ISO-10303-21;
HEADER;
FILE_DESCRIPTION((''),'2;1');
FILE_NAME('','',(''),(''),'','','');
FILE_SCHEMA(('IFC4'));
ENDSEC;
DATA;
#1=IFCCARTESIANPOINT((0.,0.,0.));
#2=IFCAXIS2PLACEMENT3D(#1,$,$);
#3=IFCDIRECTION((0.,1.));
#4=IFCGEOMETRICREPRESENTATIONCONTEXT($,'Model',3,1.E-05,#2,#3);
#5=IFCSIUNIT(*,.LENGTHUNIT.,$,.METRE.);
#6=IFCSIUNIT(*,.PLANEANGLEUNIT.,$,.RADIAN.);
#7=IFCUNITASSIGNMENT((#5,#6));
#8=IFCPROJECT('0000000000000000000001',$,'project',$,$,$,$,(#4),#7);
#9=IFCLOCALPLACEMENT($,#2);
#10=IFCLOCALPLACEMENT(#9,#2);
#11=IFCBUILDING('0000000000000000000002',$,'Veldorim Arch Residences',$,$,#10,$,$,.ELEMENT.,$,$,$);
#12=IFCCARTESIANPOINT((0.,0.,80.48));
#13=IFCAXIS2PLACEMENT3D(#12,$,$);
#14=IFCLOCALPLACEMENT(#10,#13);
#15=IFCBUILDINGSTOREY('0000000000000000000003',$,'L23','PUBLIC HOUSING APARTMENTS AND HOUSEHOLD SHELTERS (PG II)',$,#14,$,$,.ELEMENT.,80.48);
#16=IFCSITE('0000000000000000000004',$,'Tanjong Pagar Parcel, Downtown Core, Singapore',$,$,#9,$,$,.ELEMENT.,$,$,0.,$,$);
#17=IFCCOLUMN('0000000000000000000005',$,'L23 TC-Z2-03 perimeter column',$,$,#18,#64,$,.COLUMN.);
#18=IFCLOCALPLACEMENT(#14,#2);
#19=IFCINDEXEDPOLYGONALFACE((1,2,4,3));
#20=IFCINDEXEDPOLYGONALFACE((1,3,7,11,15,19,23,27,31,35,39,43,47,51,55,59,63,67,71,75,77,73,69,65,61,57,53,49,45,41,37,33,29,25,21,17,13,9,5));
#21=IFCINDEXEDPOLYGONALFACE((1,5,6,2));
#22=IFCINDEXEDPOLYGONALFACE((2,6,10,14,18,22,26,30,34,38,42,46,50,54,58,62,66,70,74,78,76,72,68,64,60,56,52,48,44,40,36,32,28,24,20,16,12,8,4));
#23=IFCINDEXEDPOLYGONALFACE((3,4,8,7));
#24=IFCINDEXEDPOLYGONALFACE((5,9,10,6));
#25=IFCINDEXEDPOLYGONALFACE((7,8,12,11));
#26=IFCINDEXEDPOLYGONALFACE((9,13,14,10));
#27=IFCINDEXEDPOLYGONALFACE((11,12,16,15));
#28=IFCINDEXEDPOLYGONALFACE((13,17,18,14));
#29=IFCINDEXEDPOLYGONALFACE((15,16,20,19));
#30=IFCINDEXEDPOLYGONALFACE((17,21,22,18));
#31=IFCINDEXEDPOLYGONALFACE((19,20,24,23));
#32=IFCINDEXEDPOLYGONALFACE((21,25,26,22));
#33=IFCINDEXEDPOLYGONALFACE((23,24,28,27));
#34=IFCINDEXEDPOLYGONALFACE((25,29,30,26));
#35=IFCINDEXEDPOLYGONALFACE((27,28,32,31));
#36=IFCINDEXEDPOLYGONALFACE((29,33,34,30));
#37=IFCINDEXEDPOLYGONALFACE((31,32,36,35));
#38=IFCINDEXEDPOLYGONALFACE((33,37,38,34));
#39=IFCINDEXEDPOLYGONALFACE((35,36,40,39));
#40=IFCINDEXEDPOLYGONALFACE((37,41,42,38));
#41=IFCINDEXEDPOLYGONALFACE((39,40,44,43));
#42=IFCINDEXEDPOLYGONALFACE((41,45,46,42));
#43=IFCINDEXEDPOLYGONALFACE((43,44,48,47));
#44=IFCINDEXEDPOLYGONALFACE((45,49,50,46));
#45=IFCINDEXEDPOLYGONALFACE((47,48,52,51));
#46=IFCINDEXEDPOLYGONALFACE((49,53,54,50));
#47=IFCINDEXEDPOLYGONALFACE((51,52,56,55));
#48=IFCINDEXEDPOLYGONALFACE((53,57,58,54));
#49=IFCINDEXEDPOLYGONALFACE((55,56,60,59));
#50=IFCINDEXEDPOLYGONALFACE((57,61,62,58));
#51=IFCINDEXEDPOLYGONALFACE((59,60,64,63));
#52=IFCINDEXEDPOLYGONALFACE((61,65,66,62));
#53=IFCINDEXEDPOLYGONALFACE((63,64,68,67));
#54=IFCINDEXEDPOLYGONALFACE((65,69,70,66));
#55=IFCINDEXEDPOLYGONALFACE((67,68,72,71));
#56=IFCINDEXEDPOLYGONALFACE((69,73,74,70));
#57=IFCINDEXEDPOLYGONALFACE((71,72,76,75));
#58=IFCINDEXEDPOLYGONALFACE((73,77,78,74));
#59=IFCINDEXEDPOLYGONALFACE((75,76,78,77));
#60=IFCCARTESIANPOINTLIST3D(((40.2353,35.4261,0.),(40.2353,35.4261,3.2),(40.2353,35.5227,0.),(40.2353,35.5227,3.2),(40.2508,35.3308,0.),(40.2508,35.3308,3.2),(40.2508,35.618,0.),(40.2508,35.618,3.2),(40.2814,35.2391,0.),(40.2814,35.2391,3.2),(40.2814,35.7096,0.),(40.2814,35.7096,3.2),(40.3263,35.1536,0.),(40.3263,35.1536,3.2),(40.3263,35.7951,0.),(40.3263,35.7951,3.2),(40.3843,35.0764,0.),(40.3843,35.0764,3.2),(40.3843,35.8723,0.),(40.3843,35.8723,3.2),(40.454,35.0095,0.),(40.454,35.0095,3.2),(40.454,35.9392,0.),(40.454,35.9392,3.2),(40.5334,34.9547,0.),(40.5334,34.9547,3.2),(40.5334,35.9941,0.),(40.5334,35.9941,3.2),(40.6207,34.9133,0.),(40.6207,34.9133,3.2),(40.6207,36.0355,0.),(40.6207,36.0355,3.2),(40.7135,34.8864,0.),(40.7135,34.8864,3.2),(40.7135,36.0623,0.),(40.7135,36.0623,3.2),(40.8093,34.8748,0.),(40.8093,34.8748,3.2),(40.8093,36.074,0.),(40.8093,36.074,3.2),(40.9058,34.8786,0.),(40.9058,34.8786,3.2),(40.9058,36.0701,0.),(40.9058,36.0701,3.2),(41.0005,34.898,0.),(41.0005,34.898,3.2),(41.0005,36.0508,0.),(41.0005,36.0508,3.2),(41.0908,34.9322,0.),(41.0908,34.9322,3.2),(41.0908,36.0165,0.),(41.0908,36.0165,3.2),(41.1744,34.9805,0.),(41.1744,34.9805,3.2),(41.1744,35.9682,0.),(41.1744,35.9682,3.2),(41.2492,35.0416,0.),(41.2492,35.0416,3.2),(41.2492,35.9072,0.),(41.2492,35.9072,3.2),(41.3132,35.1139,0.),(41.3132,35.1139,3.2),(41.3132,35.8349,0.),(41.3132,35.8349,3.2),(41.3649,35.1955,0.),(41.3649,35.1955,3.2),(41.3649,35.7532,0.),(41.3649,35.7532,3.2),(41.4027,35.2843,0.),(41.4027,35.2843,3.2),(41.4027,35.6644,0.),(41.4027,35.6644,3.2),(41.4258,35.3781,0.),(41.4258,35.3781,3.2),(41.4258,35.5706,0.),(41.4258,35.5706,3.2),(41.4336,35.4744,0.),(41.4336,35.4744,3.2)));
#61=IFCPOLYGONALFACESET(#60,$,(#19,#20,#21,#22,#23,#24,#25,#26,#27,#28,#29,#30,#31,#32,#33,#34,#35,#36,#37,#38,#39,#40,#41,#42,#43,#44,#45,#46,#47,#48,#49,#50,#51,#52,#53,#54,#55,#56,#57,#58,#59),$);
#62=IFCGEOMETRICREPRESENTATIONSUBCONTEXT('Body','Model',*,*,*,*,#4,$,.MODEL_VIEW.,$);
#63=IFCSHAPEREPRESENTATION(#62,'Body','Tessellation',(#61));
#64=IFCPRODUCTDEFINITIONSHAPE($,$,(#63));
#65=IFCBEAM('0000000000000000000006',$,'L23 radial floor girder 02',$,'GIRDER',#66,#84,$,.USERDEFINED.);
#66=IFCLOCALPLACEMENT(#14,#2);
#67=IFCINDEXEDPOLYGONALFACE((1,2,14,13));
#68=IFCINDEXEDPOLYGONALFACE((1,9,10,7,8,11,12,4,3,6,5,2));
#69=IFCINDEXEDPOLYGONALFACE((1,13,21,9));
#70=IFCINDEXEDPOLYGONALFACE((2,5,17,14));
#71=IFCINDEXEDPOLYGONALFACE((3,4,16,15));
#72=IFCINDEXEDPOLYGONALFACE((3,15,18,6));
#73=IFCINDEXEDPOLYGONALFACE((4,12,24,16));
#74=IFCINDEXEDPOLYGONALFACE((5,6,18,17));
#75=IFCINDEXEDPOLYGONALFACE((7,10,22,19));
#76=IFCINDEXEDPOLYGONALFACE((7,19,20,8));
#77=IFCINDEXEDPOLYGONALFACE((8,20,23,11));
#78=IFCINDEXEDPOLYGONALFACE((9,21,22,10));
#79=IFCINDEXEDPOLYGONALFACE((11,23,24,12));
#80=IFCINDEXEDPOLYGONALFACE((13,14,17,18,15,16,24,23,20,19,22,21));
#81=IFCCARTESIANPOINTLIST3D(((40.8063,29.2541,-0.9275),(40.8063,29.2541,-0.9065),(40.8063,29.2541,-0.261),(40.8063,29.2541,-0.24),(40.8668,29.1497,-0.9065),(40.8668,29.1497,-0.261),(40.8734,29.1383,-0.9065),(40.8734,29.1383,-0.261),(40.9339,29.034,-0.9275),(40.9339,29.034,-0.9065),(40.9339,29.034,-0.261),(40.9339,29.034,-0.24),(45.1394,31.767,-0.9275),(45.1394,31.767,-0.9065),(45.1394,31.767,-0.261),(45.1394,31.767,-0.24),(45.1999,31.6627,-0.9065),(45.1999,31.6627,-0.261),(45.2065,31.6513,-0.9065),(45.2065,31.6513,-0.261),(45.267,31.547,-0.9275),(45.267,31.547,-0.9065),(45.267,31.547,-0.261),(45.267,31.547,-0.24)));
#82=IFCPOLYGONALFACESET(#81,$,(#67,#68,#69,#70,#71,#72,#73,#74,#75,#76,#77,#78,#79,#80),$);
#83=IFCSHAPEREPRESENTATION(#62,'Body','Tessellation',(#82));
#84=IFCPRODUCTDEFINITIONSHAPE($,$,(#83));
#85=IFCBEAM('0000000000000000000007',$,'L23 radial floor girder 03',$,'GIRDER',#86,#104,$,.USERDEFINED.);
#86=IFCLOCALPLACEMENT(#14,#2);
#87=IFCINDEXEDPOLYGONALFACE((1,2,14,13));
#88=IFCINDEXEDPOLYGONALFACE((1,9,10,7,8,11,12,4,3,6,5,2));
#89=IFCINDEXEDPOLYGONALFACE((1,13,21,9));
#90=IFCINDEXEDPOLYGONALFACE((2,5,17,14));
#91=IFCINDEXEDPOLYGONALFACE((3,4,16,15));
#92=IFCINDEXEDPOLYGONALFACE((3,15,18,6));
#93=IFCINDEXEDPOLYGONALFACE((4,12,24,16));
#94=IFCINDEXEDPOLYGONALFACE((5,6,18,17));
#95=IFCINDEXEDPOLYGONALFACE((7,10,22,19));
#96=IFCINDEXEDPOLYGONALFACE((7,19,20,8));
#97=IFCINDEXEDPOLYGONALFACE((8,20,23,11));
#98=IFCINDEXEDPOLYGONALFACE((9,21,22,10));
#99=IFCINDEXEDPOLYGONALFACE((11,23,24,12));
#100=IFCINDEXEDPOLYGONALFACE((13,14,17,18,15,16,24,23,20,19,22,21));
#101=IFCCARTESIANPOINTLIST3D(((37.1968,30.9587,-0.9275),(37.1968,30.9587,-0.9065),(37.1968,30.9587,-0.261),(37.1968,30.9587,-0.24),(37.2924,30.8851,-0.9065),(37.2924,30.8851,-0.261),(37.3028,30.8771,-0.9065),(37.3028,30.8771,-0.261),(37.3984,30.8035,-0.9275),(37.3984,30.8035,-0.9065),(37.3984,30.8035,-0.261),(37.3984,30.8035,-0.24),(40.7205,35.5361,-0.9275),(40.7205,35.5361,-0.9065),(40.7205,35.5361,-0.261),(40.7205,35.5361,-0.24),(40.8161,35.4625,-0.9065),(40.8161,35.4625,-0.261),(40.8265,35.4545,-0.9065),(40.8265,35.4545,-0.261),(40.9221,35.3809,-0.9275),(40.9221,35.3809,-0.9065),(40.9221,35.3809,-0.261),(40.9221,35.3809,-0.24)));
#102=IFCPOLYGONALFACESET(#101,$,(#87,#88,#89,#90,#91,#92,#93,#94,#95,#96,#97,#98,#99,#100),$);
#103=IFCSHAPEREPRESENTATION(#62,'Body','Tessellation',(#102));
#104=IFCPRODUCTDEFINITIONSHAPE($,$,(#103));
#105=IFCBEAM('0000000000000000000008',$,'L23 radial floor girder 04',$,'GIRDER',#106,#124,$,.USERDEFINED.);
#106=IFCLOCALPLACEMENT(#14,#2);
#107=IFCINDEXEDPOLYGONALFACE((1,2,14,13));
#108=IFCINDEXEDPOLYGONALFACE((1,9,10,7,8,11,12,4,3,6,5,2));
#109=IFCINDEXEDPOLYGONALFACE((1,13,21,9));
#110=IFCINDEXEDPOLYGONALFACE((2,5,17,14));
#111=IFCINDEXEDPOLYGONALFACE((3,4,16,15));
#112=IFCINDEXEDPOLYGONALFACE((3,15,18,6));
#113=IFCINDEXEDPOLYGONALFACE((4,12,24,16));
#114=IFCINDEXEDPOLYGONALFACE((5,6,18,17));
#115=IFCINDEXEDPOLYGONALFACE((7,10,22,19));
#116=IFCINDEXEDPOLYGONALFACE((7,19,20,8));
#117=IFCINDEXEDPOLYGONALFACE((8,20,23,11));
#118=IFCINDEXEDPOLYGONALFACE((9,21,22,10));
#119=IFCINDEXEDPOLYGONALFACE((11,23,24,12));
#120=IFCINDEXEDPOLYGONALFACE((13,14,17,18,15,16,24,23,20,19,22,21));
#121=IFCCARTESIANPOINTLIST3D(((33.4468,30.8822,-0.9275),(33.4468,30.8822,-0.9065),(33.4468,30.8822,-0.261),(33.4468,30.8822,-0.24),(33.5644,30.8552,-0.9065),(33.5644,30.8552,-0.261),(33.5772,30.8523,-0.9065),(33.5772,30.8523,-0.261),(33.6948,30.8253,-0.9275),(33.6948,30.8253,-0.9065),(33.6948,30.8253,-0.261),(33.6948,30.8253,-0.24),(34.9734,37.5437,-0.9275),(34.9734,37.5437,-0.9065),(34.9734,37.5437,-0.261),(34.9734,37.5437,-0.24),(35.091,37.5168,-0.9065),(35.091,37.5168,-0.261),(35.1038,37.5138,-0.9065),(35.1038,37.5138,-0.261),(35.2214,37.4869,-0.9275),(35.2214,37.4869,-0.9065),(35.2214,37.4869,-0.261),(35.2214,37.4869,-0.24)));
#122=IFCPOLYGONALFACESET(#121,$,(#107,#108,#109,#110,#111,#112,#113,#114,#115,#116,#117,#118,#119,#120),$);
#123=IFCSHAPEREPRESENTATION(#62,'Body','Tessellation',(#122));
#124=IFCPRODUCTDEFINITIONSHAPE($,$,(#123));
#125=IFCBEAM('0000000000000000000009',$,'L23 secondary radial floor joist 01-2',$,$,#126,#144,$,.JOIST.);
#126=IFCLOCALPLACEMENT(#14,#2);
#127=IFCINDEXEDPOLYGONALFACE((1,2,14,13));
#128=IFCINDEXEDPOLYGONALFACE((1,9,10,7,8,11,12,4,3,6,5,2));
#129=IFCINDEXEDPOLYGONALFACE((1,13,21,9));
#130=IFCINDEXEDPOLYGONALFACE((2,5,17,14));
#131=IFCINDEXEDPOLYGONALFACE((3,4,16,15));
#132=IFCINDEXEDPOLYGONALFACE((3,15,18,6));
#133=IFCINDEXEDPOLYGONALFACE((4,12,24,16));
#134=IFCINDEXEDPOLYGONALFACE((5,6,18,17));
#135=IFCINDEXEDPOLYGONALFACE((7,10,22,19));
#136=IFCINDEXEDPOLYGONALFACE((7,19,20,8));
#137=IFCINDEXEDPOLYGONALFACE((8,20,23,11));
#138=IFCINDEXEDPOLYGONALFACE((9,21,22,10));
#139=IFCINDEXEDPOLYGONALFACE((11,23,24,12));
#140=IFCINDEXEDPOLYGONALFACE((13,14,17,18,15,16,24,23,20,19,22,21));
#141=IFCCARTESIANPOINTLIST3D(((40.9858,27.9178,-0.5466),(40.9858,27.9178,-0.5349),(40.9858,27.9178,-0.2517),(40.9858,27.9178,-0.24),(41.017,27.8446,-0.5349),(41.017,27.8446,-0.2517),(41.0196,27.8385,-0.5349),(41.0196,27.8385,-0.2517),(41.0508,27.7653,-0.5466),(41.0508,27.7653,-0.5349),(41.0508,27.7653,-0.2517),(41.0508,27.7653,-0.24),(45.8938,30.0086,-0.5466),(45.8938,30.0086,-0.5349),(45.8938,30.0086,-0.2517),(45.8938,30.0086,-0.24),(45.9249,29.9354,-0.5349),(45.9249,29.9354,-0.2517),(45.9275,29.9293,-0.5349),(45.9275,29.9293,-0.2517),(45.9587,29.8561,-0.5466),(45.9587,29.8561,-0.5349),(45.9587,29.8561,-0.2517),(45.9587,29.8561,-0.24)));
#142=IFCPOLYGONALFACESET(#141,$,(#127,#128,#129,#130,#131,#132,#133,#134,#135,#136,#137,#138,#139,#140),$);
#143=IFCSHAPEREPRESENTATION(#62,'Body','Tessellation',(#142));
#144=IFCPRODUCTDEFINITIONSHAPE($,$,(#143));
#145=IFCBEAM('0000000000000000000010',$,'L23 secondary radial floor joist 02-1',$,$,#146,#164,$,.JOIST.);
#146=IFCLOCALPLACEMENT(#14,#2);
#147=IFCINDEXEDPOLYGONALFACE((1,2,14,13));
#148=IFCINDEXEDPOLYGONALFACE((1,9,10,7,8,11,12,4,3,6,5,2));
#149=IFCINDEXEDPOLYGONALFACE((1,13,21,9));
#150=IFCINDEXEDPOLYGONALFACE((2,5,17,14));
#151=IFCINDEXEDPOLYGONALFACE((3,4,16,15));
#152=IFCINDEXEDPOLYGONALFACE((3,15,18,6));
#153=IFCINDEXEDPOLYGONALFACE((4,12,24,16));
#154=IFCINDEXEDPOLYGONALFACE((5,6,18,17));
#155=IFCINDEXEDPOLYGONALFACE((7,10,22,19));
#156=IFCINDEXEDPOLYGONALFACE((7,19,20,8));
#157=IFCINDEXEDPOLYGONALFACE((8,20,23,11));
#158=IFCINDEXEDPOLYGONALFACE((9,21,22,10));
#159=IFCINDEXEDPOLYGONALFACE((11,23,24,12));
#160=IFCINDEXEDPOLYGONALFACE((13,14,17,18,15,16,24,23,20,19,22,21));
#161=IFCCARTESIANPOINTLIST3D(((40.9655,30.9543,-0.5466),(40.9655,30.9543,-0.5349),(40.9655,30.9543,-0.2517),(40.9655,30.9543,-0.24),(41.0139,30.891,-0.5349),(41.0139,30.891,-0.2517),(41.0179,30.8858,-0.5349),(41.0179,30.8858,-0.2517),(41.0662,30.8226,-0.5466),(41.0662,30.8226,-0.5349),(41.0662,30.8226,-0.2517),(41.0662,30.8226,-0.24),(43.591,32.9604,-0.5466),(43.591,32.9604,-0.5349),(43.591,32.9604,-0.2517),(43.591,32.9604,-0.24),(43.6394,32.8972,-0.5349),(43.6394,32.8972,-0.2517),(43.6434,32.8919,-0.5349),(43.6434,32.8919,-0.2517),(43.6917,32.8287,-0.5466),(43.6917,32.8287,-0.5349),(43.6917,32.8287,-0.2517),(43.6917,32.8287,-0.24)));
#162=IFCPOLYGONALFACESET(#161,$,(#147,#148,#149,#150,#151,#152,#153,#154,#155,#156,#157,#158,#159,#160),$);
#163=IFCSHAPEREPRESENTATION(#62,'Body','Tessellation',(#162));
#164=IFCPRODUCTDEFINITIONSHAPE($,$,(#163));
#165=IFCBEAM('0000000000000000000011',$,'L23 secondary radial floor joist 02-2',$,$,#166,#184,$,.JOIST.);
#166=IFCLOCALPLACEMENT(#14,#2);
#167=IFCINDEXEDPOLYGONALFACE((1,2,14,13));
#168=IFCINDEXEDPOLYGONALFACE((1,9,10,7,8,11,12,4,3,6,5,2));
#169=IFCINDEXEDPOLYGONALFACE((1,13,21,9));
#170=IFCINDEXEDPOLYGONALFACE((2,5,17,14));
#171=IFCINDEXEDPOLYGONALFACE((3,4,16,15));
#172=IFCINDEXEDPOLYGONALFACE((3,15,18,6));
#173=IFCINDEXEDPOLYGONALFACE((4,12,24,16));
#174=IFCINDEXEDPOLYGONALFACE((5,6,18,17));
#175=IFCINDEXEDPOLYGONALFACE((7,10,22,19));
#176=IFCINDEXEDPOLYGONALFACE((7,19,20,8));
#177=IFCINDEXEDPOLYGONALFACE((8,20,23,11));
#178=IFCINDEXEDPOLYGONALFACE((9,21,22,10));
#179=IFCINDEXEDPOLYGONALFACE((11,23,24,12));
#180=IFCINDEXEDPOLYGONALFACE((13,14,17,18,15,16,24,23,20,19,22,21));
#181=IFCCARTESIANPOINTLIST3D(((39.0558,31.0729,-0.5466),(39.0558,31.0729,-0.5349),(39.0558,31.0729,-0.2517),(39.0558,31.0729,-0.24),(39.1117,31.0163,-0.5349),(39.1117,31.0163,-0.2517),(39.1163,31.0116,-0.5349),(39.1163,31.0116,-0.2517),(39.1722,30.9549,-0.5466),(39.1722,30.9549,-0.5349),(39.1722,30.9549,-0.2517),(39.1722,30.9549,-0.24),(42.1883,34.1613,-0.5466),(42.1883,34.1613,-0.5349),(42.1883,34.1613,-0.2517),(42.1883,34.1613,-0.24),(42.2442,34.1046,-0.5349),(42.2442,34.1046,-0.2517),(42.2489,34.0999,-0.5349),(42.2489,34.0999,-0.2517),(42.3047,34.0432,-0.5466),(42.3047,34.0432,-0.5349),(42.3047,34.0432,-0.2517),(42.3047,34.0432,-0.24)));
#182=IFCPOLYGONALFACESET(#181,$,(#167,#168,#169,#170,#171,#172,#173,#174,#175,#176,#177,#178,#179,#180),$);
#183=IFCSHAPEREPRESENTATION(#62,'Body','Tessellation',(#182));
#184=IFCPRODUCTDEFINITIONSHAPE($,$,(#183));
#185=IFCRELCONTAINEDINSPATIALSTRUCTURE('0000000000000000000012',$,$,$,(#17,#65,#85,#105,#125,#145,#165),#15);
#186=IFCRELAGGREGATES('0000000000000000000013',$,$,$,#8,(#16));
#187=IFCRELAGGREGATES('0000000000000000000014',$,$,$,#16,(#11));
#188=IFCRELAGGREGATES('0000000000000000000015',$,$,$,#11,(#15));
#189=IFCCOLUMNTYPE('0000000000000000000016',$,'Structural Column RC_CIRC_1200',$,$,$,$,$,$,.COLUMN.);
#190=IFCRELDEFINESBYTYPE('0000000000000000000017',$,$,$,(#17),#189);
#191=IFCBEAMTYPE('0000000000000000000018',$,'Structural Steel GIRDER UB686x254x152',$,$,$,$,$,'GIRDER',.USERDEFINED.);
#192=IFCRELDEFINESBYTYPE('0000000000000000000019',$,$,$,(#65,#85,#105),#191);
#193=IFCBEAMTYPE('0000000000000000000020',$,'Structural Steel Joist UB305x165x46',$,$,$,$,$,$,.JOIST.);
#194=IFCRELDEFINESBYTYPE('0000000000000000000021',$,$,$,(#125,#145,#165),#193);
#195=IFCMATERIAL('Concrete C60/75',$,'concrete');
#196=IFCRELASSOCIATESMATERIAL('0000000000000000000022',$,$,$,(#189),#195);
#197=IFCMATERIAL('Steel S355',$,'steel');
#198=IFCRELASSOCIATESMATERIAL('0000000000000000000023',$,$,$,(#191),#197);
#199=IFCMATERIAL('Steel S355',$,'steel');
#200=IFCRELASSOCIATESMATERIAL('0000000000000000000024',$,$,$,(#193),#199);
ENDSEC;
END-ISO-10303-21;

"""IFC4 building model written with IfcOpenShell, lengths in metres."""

from ifc_helpers import new_model, si_unit, direction, frame, origin, origin_2d, place, context, subcontext, project, spatial, circle, i_section, extrude, material, material_profile, profile_set, type_object, element, save


model = new_model("IFC4")

# Units and contexts
model_context = context("Model", 3, precision=1e-05, world=origin(), true_north=direction((0.0, 1.0)))
body_context = subcontext(model_context, "Body", "Model", "MODEL_VIEW")
ifc_project = project(units=[si_unit("LENGTHUNIT", "METRE"), si_unit("PLANEANGLEUNIT", "RADIAN")], contexts=[model_context])

# Site, building, storey
site_placement = place(None, origin())
site = spatial("IfcSite", under=ifc_project, at=site_placement, Name="Tanjong Pagar Parcel, Downtown Core, Singapore", CompositionType="ELEMENT", RefElevation=0.0)
building_placement = place(site_placement, origin())
building = spatial("IfcBuilding", under=site, at=building_placement, Name="Veldorim Arch Residences", CompositionType="ELEMENT")
storey_placement = place(building_placement, frame((0.0, 0.0, 80.48)))
storey = spatial("IfcBuildingStorey", under=building, at=storey_placement, Name="L23", Description="PUBLIC HOUSING APARTMENTS AND HOUSEHOLD SHELTERS (PG II)", CompositionType="ELEMENT", Elevation=80.48)

# Column
ifc_material_1 = material(Name="Concrete C60/75", Category="concrete")
ifc_material_profile_1 = material_profile(ifc_material_1, circle(Radius=0.6001, at=origin_2d()), Name="RC_CIRC_1200")
ifc_profile_set_1 = profile_set([ifc_material_profile_1], Name="Concrete C60/75")
column_type = type_object("IfcColumnType", Name="Structural Column RC_CIRC_1200", PredefinedType="COLUMN", material=ifc_profile_set_1)
column_placement = place(storey_placement, frame((40.8335, 35.4744, 0.0), z_axis=(0.0, 0.0, 1.0), x_axis=(1.0, 0.0, 0.0)))
element("IfcColumn", 1, at=column_placement, inside=storey, type_object=column_type, Name="L23 TC-Z2-03 perimeter column", PredefinedType="COLUMN", context=body_context, shape_type="SweptSolid", body=[
    extrude(circle(Radius=0.6001, at=origin_2d()), origin(), (0.0, 0.0, 1.0), 3.2),
])

# Beams
ifc_material_2 = material(Name="Steel S355", Category="steel")
ifc_material_profile_2 = material_profile(ifc_material_2, i_section(OverallWidth=0.2544, OverallDepth=0.6875, WebThickness=0.0132, FlangeThickness=0.021, at=origin_2d()), Name="UB686x254x152")
ifc_profile_set_2 = profile_set([ifc_material_profile_2], Name="Steel S355")
beam_type_1 = type_object("IfcBeamType", Name="Structural Steel GIRDER UB686x254x152", ElementType="GIRDER", PredefinedType="USERDEFINED", material=ifc_profile_set_2)
beam_1_placement = place(storey_placement, frame((40.8701, 29.144, -0.5837), z_axis=(0.865049, 0.501687, 0.0), x_axis=(-0.501687, 0.865049, 0.0)))
element("IfcBeam", 2, at=beam_1_placement, inside=storey, type_object=beam_type_1, Name="L23 radial floor girder 02", ObjectType="GIRDER", PredefinedType="USERDEFINED", context=body_context, shape_type="SweptSolid", body=[
    extrude(i_section(OverallWidth=0.2544, OverallDepth=0.6875, WebThickness=0.0132, FlangeThickness=0.021, at=origin_2d()), origin(), (0.0, 0.0, 1.0), 5.009),
])
beam_2_placement = place(storey_placement, frame((37.2976, 30.8811, -0.5837), z_axis=(0.609995, 0.792406, 0.0), x_axis=(-0.792406, 0.609995, 0.0)))
element("IfcBeam", 3, at=beam_2_placement, inside=storey, type_object=beam_type_1, Name="L23 radial floor girder 03", ObjectType="GIRDER", PredefinedType="USERDEFINED", context=body_context, shape_type="SweptSolid", body=[
    extrude(i_section(OverallWidth=0.2544, OverallDepth=0.6875, WebThickness=0.0132, FlangeThickness=0.021, at=origin_2d()), origin(), (0.0, 0.0, 1.0), 5.7766),
])
beam_3_placement = place(storey_placement, frame((33.5708, 30.8538, -0.5837), z_axis=(0.223375, 0.974733, 0.0), x_axis=(-0.974733, 0.223375, 0.0)))
element("IfcBeam", 4, at=beam_3_placement, inside=storey, type_object=beam_type_1, Name="L23 radial floor girder 04", ObjectType="GIRDER", PredefinedType="USERDEFINED", context=body_context, shape_type="SweptSolid", body=[
    extrude(i_section(OverallWidth=0.2544, OverallDepth=0.6875, WebThickness=0.0132, FlangeThickness=0.021, at=origin_2d()), origin(), (0.0, 0.0, 1.0), 6.8342),
])
ifc_material_3 = material(Name="Steel S355", Category="steel")
ifc_material_profile_3 = material_profile(ifc_material_3, i_section(OverallWidth=0.1658, OverallDepth=0.3066, WebThickness=0.0066, FlangeThickness=0.0117, at=origin_2d()), Name="UB305x165x46")
ifc_profile_set_3 = profile_set([ifc_material_profile_3], Name="Steel S355")
beam_type_2 = type_object("IfcBeamType", Name="Structural Steel Joist UB305x165x46", PredefinedType="JOIST", material=ifc_profile_set_3)
beam_4_placement = place(storey_placement, frame((41.0183, 27.8416, -0.3933), z_axis=(0.919997, 0.391924, 0.0), x_axis=(-0.391924, 0.919997, 0.0)))
element("IfcBeam", 5, at=beam_4_placement, inside=storey, type_object=beam_type_2, Name="L23 secondary radial floor joist 01-2", PredefinedType="JOIST", context=body_context, shape_type="SweptSolid", body=[
    extrude(i_section(OverallWidth=0.1658, OverallDepth=0.3066, WebThickness=0.0066, FlangeThickness=0.0117, at=origin_2d()), origin(), (0.0, 0.0, 1.0), 5.3347),
])
beam_5_placement = place(storey_placement, frame((41.0159, 30.8884, -0.3933), z_axis=(0.794595, 0.60714, 0.0), x_axis=(-0.60714, 0.794595, 0.0)))
element("IfcBeam", 6, at=beam_5_placement, inside=storey, type_object=beam_type_2, Name="L23 secondary radial floor joist 02-1", PredefinedType="JOIST", context=body_context, shape_type="SweptSolid", body=[
    extrude(i_section(OverallWidth=0.1658, OverallDepth=0.3066, WebThickness=0.0066, FlangeThickness=0.0117, at=origin_2d()), origin(), (0.0, 0.0, 1.0), 3.3042),
])
beam_6_placement = place(storey_placement, frame((39.114, 31.0139, -0.3933), z_axis=(0.712112, 0.702066, 0.0), x_axis=(-0.702066, 0.712112, 0.0)))
element("IfcBeam", 7, at=beam_6_placement, inside=storey, type_object=beam_type_2, Name="L23 secondary radial floor joist 02-2", PredefinedType="JOIST", context=body_context, shape_type="SweptSolid", body=[
    extrude(i_section(OverallWidth=0.1658, OverallDepth=0.3066, WebThickness=0.0066, FlangeThickness=0.0117, at=origin_2d()), origin(), (0.0, 0.0, 1.0), 4.3989),
])

save(model, "model.ifc")
